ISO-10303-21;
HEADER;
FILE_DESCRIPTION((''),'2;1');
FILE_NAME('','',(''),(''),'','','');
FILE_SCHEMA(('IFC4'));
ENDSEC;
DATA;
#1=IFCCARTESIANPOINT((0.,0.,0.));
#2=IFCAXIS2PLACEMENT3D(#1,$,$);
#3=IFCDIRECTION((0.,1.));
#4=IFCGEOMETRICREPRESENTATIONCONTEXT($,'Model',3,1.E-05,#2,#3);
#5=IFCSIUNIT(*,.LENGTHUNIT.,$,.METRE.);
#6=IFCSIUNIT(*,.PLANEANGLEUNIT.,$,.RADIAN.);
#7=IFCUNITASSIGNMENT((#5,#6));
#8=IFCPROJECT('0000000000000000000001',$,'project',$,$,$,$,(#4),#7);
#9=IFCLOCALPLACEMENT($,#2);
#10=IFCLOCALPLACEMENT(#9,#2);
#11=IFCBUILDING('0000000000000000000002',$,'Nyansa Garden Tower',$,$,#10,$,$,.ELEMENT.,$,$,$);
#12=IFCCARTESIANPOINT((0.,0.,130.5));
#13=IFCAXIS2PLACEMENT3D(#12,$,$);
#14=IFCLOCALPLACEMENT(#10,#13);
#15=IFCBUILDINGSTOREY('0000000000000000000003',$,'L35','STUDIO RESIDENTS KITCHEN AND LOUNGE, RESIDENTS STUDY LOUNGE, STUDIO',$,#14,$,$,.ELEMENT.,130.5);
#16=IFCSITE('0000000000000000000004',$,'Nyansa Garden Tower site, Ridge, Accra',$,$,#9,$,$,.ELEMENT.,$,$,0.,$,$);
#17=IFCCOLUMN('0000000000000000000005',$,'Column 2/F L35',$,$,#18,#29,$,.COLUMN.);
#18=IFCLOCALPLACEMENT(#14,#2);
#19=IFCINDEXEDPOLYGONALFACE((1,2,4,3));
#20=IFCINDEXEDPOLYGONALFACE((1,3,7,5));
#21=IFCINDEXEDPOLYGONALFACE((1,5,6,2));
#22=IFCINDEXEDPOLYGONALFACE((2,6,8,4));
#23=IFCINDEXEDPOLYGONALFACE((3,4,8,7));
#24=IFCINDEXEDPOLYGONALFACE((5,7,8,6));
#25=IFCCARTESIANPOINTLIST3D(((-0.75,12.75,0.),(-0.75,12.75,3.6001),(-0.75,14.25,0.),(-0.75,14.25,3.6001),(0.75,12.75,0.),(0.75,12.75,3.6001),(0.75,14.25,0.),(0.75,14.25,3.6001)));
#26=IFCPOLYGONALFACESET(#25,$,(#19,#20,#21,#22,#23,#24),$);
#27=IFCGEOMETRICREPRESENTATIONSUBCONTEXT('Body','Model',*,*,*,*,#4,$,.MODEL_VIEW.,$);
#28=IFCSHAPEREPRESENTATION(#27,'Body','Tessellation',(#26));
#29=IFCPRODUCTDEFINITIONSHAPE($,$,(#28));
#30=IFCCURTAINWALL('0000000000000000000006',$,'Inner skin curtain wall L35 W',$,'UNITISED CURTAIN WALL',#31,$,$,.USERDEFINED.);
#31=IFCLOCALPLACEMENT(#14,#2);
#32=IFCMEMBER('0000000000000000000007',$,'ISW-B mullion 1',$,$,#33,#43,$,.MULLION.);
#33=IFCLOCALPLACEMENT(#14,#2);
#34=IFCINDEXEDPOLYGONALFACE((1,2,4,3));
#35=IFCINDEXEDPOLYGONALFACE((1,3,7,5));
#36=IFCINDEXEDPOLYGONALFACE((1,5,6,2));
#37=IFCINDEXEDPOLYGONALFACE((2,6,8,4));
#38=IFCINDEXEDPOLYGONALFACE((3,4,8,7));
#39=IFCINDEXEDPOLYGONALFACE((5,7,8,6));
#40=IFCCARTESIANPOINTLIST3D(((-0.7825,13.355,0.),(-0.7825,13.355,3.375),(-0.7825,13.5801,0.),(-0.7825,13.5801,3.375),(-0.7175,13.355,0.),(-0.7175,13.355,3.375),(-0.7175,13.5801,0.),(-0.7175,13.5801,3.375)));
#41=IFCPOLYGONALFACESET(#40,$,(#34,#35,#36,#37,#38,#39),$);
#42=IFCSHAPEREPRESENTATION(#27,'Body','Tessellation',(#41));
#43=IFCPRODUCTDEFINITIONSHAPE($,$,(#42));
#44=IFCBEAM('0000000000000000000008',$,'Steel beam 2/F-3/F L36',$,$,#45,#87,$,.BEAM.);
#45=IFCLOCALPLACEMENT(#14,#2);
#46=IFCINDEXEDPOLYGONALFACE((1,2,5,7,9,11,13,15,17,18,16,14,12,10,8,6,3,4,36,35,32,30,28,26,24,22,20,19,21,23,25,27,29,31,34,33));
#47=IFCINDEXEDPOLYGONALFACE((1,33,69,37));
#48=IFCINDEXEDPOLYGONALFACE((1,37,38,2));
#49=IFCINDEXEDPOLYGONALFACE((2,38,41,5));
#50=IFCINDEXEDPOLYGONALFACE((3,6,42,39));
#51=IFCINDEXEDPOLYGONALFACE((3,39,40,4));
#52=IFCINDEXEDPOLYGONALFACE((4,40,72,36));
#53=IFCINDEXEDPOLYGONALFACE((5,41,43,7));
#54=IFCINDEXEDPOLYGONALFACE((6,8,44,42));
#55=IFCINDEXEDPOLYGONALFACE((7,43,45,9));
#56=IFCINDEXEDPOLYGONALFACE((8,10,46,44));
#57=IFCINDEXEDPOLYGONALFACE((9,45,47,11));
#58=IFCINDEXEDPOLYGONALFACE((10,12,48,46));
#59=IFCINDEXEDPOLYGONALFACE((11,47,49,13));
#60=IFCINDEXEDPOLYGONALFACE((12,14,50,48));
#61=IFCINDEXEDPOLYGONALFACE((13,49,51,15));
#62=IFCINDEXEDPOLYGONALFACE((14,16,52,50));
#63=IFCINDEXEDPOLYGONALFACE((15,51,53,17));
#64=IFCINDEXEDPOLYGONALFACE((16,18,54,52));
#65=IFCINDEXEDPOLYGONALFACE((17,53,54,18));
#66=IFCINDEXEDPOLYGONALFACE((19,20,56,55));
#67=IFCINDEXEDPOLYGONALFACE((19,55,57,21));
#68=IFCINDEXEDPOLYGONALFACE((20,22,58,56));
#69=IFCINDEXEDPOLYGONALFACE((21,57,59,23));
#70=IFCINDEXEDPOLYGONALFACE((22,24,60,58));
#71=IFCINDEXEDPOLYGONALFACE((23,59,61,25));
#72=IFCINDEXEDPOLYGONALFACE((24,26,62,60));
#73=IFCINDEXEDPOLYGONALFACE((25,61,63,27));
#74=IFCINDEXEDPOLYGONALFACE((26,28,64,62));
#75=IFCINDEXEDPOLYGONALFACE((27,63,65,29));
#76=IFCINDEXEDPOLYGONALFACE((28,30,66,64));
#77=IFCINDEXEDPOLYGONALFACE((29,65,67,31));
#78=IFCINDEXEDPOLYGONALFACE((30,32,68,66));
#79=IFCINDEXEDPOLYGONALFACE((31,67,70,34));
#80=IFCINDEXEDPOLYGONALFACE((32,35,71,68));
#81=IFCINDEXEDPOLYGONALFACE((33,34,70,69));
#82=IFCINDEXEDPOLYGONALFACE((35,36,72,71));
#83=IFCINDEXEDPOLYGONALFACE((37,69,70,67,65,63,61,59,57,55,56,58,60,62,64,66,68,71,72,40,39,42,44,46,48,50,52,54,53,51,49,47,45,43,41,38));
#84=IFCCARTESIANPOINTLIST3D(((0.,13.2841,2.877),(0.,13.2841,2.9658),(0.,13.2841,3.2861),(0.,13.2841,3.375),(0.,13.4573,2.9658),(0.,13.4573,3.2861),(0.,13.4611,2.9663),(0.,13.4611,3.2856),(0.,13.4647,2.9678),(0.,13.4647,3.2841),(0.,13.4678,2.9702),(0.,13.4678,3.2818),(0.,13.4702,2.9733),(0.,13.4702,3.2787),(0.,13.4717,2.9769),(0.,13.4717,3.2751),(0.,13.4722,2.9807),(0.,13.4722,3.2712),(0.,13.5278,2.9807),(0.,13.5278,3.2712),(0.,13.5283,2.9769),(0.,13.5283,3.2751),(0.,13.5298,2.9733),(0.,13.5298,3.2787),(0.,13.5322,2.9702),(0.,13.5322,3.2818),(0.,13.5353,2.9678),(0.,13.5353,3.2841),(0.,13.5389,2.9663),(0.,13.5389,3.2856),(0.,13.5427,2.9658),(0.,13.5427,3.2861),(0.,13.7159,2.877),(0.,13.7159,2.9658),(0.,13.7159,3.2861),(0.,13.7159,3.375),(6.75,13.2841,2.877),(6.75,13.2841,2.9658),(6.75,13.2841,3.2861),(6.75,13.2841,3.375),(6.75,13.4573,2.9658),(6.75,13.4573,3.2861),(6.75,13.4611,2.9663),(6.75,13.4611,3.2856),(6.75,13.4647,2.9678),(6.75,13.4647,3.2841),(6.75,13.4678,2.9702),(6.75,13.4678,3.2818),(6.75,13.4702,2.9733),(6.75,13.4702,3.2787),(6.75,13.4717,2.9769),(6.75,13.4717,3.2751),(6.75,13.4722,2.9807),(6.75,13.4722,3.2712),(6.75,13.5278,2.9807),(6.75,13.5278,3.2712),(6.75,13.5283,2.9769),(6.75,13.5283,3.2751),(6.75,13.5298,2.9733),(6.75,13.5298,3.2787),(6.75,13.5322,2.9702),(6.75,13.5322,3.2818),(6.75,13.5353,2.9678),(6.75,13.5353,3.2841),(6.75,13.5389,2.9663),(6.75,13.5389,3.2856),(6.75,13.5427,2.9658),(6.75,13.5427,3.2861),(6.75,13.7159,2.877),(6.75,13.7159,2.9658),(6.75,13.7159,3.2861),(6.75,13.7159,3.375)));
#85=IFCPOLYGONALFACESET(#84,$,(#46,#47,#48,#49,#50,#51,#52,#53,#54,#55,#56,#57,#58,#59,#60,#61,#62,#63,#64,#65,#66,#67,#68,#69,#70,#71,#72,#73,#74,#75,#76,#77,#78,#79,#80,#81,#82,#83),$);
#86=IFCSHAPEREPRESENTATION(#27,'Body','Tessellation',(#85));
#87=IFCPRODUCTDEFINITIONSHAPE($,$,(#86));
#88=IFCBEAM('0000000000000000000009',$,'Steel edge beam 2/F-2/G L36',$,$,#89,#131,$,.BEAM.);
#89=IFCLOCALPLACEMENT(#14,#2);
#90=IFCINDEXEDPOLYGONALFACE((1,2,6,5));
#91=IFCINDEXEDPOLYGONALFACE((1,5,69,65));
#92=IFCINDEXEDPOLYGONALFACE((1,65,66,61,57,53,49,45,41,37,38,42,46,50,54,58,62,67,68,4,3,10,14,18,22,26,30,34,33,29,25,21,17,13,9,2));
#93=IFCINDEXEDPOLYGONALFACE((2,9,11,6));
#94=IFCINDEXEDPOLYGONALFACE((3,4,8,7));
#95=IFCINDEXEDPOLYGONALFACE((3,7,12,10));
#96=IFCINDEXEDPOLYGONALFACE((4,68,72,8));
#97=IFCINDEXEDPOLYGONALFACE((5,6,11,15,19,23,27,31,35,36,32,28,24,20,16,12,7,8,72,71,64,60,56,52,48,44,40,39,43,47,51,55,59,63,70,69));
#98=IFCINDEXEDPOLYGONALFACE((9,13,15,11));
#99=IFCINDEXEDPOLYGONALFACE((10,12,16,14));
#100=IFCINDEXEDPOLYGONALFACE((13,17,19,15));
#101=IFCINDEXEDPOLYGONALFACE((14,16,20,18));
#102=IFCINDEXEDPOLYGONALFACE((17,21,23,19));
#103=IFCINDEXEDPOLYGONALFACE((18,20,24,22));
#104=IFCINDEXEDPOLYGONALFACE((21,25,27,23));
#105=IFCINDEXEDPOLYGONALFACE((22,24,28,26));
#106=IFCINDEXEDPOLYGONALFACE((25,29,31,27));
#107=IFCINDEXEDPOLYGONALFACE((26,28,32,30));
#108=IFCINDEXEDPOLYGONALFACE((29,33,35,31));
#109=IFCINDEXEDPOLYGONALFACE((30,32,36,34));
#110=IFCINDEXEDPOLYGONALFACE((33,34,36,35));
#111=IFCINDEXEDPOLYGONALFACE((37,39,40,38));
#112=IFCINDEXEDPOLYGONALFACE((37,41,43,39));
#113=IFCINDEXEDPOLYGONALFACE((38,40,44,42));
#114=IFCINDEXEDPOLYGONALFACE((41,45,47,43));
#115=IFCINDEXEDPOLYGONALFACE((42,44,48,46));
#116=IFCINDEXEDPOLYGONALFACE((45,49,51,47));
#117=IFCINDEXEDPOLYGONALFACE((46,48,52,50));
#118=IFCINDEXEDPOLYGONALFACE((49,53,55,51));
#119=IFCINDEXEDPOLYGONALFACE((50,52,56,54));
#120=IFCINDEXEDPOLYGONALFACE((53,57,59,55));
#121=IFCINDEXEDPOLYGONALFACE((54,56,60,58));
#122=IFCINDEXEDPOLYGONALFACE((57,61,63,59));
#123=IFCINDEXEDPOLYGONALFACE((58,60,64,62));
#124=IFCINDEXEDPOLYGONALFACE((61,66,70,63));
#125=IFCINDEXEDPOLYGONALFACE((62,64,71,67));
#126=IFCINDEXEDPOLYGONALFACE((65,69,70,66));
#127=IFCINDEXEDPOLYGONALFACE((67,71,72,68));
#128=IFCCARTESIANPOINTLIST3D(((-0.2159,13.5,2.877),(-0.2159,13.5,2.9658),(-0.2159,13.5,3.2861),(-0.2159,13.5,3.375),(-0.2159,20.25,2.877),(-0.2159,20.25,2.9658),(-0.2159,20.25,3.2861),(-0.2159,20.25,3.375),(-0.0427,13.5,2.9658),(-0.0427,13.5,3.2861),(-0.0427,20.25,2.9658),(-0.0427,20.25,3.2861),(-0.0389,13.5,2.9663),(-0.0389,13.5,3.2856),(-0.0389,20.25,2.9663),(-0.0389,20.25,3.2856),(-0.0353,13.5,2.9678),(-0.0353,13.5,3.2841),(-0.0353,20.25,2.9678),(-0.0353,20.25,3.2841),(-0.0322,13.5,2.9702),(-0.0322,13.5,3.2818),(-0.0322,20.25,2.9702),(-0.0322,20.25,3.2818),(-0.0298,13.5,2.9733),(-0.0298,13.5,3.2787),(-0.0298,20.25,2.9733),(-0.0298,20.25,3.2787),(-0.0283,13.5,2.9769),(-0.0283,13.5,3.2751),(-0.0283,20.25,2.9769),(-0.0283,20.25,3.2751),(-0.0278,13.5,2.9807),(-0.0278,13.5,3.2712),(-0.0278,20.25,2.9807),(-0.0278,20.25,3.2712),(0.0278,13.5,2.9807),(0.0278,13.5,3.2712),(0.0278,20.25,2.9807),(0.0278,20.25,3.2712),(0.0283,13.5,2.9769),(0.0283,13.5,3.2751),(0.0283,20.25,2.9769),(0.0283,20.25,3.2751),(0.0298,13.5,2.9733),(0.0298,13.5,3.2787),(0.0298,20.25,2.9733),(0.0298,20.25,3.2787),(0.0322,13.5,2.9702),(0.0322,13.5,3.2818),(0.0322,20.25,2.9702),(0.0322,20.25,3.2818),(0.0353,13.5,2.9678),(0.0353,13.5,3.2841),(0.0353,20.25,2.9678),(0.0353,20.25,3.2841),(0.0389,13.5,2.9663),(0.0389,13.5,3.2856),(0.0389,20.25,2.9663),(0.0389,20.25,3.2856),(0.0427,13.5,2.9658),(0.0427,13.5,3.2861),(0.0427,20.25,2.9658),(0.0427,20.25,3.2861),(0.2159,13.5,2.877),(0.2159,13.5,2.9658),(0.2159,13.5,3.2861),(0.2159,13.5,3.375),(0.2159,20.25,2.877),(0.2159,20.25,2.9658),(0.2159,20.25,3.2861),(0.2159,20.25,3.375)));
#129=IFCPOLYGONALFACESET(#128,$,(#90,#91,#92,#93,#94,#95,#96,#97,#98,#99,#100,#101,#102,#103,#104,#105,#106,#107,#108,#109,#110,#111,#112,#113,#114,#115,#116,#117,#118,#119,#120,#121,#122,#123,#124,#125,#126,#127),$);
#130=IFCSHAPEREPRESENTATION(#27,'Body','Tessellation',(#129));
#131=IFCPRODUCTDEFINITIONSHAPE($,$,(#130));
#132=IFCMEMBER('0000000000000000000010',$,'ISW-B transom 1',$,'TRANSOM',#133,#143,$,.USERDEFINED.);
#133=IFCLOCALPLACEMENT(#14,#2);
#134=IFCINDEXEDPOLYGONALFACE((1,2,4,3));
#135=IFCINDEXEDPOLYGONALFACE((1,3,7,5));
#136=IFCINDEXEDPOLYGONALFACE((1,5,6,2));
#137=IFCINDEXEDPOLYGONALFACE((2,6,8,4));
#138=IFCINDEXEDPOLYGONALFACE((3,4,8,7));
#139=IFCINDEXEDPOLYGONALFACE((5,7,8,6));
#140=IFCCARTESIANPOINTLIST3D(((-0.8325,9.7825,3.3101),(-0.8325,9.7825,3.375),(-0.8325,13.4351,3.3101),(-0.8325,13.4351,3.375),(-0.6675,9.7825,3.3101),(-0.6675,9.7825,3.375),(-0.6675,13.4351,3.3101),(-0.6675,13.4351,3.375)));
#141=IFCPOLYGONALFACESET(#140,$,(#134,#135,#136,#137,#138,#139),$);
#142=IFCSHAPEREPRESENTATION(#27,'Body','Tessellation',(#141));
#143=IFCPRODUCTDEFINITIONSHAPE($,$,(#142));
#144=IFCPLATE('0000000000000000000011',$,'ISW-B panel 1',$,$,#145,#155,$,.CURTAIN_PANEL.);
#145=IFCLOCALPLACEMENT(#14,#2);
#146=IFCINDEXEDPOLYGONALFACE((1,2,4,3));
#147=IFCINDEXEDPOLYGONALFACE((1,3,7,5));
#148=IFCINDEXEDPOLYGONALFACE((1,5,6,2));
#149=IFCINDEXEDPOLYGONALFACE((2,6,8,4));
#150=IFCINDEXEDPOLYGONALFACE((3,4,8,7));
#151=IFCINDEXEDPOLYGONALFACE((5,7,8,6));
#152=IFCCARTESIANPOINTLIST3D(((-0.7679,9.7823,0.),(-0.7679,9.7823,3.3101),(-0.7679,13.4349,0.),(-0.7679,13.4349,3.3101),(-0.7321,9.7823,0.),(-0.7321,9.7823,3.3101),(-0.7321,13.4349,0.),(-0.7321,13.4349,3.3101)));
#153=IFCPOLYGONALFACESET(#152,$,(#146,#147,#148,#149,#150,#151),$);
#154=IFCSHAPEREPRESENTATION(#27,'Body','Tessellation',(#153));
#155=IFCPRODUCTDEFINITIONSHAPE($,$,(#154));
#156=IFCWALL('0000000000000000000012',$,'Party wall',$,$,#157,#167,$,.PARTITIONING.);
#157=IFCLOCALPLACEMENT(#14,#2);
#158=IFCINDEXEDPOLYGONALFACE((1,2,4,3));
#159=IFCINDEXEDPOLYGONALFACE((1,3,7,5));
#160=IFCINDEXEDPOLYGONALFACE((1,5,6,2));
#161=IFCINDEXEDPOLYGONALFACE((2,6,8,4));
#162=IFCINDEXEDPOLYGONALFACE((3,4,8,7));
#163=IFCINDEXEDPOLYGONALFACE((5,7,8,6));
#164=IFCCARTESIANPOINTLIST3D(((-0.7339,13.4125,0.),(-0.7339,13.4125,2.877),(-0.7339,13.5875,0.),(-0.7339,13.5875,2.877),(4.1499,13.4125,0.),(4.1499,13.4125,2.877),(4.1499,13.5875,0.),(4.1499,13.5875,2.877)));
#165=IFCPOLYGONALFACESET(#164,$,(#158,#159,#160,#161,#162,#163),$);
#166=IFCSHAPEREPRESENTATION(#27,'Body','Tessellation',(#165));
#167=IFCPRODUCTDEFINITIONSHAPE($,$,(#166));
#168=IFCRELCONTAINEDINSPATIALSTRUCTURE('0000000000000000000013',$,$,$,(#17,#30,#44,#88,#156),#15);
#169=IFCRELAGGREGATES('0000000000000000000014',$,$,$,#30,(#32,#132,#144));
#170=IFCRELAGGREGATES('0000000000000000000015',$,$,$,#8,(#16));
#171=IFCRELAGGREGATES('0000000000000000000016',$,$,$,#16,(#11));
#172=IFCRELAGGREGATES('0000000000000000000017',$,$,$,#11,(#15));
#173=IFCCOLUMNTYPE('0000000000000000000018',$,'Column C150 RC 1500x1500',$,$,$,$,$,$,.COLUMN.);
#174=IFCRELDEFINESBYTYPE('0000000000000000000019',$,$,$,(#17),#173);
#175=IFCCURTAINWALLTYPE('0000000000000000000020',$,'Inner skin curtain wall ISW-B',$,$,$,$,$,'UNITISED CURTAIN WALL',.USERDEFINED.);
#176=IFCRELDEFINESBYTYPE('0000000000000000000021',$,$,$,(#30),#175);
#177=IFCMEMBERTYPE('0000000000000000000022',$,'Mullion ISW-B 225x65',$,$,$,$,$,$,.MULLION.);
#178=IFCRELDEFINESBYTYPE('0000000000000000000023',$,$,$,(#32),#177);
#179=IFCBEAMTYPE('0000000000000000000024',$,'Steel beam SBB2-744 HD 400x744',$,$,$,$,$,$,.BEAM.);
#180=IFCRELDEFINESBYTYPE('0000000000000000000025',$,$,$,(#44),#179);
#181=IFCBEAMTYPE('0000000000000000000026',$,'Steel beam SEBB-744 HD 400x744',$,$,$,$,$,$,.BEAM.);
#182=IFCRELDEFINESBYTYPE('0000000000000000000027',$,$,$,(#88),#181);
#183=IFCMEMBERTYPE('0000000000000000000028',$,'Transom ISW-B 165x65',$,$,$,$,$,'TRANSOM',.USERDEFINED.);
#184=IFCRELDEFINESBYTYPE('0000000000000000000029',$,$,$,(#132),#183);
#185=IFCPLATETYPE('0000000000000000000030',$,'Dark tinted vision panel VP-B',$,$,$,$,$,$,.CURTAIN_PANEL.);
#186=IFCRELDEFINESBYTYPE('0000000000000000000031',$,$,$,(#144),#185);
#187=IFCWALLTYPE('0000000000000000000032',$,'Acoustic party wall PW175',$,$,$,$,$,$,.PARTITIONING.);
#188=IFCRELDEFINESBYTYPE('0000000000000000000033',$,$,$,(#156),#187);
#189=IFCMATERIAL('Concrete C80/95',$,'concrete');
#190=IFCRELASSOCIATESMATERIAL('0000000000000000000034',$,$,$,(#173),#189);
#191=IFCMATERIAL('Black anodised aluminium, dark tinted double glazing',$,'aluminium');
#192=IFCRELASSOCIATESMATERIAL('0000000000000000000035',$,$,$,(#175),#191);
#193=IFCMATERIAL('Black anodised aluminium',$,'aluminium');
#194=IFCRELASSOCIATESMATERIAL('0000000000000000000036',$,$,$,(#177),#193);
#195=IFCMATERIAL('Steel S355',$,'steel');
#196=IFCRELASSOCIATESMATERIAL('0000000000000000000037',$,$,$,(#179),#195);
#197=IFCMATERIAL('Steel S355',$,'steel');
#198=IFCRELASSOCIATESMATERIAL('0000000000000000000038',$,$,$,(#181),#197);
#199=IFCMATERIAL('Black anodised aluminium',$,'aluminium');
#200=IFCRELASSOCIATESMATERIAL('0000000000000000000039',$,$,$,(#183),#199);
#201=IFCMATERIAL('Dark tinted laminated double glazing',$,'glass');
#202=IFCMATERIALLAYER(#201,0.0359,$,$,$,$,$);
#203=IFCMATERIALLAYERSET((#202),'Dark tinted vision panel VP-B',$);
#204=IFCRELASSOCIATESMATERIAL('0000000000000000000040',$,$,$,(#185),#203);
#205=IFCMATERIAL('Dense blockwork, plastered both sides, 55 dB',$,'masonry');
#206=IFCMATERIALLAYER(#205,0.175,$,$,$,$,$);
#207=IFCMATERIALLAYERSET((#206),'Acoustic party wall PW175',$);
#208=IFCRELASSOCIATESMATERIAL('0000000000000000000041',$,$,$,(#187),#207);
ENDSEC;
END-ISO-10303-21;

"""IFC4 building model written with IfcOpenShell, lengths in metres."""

from ifc_helpers import new_model, si_unit, direction, frame, frame_2d, origin, origin_2d, place, context, subcontext, project, spatial, rectangle, i_section, extrude, material, layer, layer_set, material_profile, profile_set, type_object, element, aggregate, save


model = new_model("IFC4")

# Units and contexts
model_context = context("Model", 3, precision=1e-05, world=origin(), true_north=direction((0.0, 1.0)))
body_context = subcontext(model_context, "Body", "Model", "MODEL_VIEW")
ifc_project = project(units=[si_unit("LENGTHUNIT", "METRE"), si_unit("PLANEANGLEUNIT", "RADIAN")], contexts=[model_context])

# Site, building, storey
site_placement = place(None, origin())
site = spatial("IfcSite", under=ifc_project, at=site_placement, Name="Nyansa Garden Tower site, Ridge, Accra", CompositionType="ELEMENT", RefElevation=0.0)
building_placement = place(site_placement, origin())
building = spatial("IfcBuilding", under=site, at=building_placement, Name="Nyansa Garden Tower", CompositionType="ELEMENT")
storey_placement = place(building_placement, frame((0.0, 0.0, 130.5)))
storey = spatial("IfcBuildingStorey", under=building, at=storey_placement, Name="L35", Description="STUDIO RESIDENTS KITCHEN AND LOUNGE, RESIDENTS STUDY LOUNGE, STUDIO", CompositionType="ELEMENT", Elevation=130.5)

# Column
ifc_material_1 = material(Name="Concrete C80/95", Category="concrete")
ifc_material_profile_1 = material_profile(ifc_material_1, rectangle(XDim=1.5, YDim=1.5, at=origin_2d()), Name="RC 1500x1500")
ifc_profile_set_1 = profile_set([ifc_material_profile_1], Name="Concrete C80/95")
column_type = type_object("IfcColumnType", Name="Column C150 RC 1500x1500", PredefinedType="COLUMN", material=ifc_profile_set_1)
column_placement = place(storey_placement, frame((0.0, 13.5, 0.0), z_axis=(0.0, 0.0, 1.0), x_axis=(1.0, 0.0, 0.0)))
element("IfcColumn", 1, at=column_placement, inside=storey, type_object=column_type, Name="Column 2/F L35", PredefinedType="COLUMN", context=body_context, shape_type="SweptSolid", body=[
    extrude(rectangle(XDim=1.5, YDim=1.5, at=origin_2d()), origin(), (0.0, 0.0, 1.0), 3.6001),
])

# Curtain wall, member
ifc_material_2 = material(Name="Black anodised aluminium, dark tinted double glazing", Category="aluminium")
curtain_wall_type = type_object("IfcCurtainWallType", Name="Inner skin curtain wall ISW-B", ElementType="UNITISED CURTAIN WALL", PredefinedType="USERDEFINED", material=ifc_material_2)
curtain_wall_placement = place(storey_placement, origin())
curtain_wall = element("IfcCurtainWall", 2, at=curtain_wall_placement, inside=storey, type_object=curtain_wall_type, Name="Inner skin curtain wall L35 W", ObjectType="UNITISED CURTAIN WALL", PredefinedType="USERDEFINED")
ifc_material_3 = material(Name="Black anodised aluminium", Category="aluminium")
ifc_material_profile_2 = material_profile(ifc_material_3, rectangle(XDim=0.0649, YDim=0.2251, at=origin_2d()), Name="Mullion 225x65")
ifc_profile_set_2 = profile_set([ifc_material_profile_2], Name="Black anodised aluminium")
member_type_1 = type_object("IfcMemberType", Name="Mullion ISW-B 225x65", PredefinedType="MULLION", material=ifc_profile_set_2)
member_1_placement = place(storey_placement, frame((-0.75, 13.4675, 0.0), z_axis=(0.0, 0.0, 1.0), x_axis=(1.0, 0.0, 0.0)))
member_1 = element("IfcMember", 3, at=member_1_placement, type_object=member_type_1, Name="ISW-B mullion 1", PredefinedType="MULLION", context=body_context, shape_type="SweptSolid", body=[
    extrude(rectangle(XDim=0.0649, YDim=0.2251, at=origin_2d()), origin(), (0.0, 0.0, 1.0), 3.375),
])

# Beams
ifc_material_4 = material(Name="Steel S355", Category="steel")
ifc_material_profile_3 = material_profile(ifc_material_4, i_section(OverallWidth=0.4319, OverallDepth=0.498, WebThickness=0.0557, FlangeThickness=0.0889, FilletRadius=0.0149, at=origin_2d()), Name="HD 400x744")
ifc_profile_set_3 = profile_set([ifc_material_profile_3], Name="Steel S355")
beam_type_1 = type_object("IfcBeamType", Name="Steel beam SBB2-744 HD 400x744", PredefinedType="BEAM", material=ifc_profile_set_3)
beam_1_placement = place(storey_placement, frame((0.0, 13.5, 3.126), z_axis=(1.0, 0.0, 0.0), x_axis=(0.0, 1.0, 0.0)))
element("IfcBeam", 4, at=beam_1_placement, inside=storey, type_object=beam_type_1, Name="Steel beam 2/F-3/F L36", PredefinedType="BEAM", context=body_context, shape_type="SweptSolid", body=[
    extrude(i_section(OverallWidth=0.4319, OverallDepth=0.498, WebThickness=0.0557, FlangeThickness=0.0889, FilletRadius=0.0149, at=origin_2d()), origin(), (0.0, 0.0, 1.0), 6.75),
])
ifc_material_5 = material(Name="Steel S355", Category="steel")
ifc_material_profile_4 = material_profile(ifc_material_5, i_section(OverallWidth=0.4319, OverallDepth=0.498, WebThickness=0.0557, FlangeThickness=0.0889, FilletRadius=0.0149, at=origin_2d()), Name="HD 400x744")
ifc_profile_set_4 = profile_set([ifc_material_profile_4], Name="Steel S355")
beam_type_2 = type_object("IfcBeamType", Name="Steel beam SEBB-744 HD 400x744", PredefinedType="BEAM", material=ifc_profile_set_4)
beam_2_placement = place(storey_placement, frame((0.0, 13.5, 3.126), z_axis=(0.0, 1.0, 0.0), x_axis=(-1.0, 0.0, 0.0)))
element("IfcBeam", 5, at=beam_2_placement, inside=storey, type_object=beam_type_2, Name="Steel edge beam 2/F-2/G L36", PredefinedType="BEAM", context=body_context, shape_type="SweptSolid", body=[
    extrude(i_section(OverallWidth=0.4319, OverallDepth=0.498, WebThickness=0.0557, FlangeThickness=0.0889, FilletRadius=0.0149, at=origin_2d()), origin(), (0.0, 0.0, 1.0), 6.75),
])

# Member
ifc_material_6 = material(Name="Black anodised aluminium", Category="aluminium")
ifc_material_profile_5 = material_profile(ifc_material_6, rectangle(XDim=0.165, YDim=0.0649, at=origin_2d()), Name="Transom 165x65")
ifc_profile_set_5 = profile_set([ifc_material_profile_5], Name="Black anodised aluminium")
member_type_2 = type_object("IfcMemberType", Name="Transom ISW-B 165x65", ElementType="TRANSOM", PredefinedType="USERDEFINED", material=ifc_profile_set_5)
member_2_placement = place(storey_placement, frame((-0.75, 13.4351, 3.3425), z_axis=(0.0, -1.0, 0.0), x_axis=(1.0, 0.0, 0.0)))
member_2 = element("IfcMember", 6, at=member_2_placement, type_object=member_type_2, Name="ISW-B transom 1", ObjectType="TRANSOM", PredefinedType="USERDEFINED", context=body_context, shape_type="SweptSolid", body=[
    extrude(rectangle(XDim=0.165, YDim=0.0649, at=origin_2d()), origin(), (0.0, 0.0, 1.0), 3.6526),
])

# Plate
ifc_material_7 = material(Name="Dark tinted laminated double glazing", Category="glass")
ifc_layer_1 = layer(ifc_material_7, 0.0359)
ifc_layer_set_1 = layer_set([ifc_layer_1], Name="Dark tinted vision panel VP-B")
plate_type = type_object("IfcPlateType", Name="Dark tinted vision panel VP-B", PredefinedType="CURTAIN_PANEL", material=ifc_layer_set_1)
plate_placement = place(storey_placement, frame((-0.75, 11.6086, 0.0), z_axis=(0.0, 0.0, 1.0), x_axis=(0.0, -1.0, 0.0)))
plate = element("IfcPlate", 7, at=plate_placement, type_object=plate_type, Name="ISW-B panel 1", PredefinedType="CURTAIN_PANEL", context=body_context, shape_type="SweptSolid", body=[
    extrude(rectangle(XDim=3.6526, YDim=0.0359, at=origin_2d()), origin(), (0.0, 0.0, 1.0), 3.3101),
])
aggregate(curtain_wall, [member_1, member_2, plate])

# Wall
ifc_material_8 = material(Name="Dense blockwork, plastered both sides, 55 dB", Category="masonry")
ifc_layer_2 = layer(ifc_material_8, 0.175)
ifc_layer_set_2 = layer_set([ifc_layer_2], Name="Acoustic party wall PW175")
wall_type_1 = type_object("IfcWallType", Name="Acoustic party wall PW175", PredefinedType="PARTITIONING", material=ifc_layer_set_2)
wall_1_placement = place(storey_placement, frame((-0.7339, 13.5, 0.0), z_axis=(0.0, 0.0, 1.0), x_axis=(1.0, 0.0, 0.0)))
element("IfcWall", 8, at=wall_1_placement, inside=storey, type_object=wall_type_1, Name="Party wall", PredefinedType="PARTITIONING", context=body_context, shape_type="SweptSolid", body=[
    extrude(rectangle(XDim=4.8838, YDim=0.175, at=frame_2d((2.4419, 0.0))), origin(), (0.0, 0.0, 1.0), 2.877),
])

save(model, "model.ifc")
